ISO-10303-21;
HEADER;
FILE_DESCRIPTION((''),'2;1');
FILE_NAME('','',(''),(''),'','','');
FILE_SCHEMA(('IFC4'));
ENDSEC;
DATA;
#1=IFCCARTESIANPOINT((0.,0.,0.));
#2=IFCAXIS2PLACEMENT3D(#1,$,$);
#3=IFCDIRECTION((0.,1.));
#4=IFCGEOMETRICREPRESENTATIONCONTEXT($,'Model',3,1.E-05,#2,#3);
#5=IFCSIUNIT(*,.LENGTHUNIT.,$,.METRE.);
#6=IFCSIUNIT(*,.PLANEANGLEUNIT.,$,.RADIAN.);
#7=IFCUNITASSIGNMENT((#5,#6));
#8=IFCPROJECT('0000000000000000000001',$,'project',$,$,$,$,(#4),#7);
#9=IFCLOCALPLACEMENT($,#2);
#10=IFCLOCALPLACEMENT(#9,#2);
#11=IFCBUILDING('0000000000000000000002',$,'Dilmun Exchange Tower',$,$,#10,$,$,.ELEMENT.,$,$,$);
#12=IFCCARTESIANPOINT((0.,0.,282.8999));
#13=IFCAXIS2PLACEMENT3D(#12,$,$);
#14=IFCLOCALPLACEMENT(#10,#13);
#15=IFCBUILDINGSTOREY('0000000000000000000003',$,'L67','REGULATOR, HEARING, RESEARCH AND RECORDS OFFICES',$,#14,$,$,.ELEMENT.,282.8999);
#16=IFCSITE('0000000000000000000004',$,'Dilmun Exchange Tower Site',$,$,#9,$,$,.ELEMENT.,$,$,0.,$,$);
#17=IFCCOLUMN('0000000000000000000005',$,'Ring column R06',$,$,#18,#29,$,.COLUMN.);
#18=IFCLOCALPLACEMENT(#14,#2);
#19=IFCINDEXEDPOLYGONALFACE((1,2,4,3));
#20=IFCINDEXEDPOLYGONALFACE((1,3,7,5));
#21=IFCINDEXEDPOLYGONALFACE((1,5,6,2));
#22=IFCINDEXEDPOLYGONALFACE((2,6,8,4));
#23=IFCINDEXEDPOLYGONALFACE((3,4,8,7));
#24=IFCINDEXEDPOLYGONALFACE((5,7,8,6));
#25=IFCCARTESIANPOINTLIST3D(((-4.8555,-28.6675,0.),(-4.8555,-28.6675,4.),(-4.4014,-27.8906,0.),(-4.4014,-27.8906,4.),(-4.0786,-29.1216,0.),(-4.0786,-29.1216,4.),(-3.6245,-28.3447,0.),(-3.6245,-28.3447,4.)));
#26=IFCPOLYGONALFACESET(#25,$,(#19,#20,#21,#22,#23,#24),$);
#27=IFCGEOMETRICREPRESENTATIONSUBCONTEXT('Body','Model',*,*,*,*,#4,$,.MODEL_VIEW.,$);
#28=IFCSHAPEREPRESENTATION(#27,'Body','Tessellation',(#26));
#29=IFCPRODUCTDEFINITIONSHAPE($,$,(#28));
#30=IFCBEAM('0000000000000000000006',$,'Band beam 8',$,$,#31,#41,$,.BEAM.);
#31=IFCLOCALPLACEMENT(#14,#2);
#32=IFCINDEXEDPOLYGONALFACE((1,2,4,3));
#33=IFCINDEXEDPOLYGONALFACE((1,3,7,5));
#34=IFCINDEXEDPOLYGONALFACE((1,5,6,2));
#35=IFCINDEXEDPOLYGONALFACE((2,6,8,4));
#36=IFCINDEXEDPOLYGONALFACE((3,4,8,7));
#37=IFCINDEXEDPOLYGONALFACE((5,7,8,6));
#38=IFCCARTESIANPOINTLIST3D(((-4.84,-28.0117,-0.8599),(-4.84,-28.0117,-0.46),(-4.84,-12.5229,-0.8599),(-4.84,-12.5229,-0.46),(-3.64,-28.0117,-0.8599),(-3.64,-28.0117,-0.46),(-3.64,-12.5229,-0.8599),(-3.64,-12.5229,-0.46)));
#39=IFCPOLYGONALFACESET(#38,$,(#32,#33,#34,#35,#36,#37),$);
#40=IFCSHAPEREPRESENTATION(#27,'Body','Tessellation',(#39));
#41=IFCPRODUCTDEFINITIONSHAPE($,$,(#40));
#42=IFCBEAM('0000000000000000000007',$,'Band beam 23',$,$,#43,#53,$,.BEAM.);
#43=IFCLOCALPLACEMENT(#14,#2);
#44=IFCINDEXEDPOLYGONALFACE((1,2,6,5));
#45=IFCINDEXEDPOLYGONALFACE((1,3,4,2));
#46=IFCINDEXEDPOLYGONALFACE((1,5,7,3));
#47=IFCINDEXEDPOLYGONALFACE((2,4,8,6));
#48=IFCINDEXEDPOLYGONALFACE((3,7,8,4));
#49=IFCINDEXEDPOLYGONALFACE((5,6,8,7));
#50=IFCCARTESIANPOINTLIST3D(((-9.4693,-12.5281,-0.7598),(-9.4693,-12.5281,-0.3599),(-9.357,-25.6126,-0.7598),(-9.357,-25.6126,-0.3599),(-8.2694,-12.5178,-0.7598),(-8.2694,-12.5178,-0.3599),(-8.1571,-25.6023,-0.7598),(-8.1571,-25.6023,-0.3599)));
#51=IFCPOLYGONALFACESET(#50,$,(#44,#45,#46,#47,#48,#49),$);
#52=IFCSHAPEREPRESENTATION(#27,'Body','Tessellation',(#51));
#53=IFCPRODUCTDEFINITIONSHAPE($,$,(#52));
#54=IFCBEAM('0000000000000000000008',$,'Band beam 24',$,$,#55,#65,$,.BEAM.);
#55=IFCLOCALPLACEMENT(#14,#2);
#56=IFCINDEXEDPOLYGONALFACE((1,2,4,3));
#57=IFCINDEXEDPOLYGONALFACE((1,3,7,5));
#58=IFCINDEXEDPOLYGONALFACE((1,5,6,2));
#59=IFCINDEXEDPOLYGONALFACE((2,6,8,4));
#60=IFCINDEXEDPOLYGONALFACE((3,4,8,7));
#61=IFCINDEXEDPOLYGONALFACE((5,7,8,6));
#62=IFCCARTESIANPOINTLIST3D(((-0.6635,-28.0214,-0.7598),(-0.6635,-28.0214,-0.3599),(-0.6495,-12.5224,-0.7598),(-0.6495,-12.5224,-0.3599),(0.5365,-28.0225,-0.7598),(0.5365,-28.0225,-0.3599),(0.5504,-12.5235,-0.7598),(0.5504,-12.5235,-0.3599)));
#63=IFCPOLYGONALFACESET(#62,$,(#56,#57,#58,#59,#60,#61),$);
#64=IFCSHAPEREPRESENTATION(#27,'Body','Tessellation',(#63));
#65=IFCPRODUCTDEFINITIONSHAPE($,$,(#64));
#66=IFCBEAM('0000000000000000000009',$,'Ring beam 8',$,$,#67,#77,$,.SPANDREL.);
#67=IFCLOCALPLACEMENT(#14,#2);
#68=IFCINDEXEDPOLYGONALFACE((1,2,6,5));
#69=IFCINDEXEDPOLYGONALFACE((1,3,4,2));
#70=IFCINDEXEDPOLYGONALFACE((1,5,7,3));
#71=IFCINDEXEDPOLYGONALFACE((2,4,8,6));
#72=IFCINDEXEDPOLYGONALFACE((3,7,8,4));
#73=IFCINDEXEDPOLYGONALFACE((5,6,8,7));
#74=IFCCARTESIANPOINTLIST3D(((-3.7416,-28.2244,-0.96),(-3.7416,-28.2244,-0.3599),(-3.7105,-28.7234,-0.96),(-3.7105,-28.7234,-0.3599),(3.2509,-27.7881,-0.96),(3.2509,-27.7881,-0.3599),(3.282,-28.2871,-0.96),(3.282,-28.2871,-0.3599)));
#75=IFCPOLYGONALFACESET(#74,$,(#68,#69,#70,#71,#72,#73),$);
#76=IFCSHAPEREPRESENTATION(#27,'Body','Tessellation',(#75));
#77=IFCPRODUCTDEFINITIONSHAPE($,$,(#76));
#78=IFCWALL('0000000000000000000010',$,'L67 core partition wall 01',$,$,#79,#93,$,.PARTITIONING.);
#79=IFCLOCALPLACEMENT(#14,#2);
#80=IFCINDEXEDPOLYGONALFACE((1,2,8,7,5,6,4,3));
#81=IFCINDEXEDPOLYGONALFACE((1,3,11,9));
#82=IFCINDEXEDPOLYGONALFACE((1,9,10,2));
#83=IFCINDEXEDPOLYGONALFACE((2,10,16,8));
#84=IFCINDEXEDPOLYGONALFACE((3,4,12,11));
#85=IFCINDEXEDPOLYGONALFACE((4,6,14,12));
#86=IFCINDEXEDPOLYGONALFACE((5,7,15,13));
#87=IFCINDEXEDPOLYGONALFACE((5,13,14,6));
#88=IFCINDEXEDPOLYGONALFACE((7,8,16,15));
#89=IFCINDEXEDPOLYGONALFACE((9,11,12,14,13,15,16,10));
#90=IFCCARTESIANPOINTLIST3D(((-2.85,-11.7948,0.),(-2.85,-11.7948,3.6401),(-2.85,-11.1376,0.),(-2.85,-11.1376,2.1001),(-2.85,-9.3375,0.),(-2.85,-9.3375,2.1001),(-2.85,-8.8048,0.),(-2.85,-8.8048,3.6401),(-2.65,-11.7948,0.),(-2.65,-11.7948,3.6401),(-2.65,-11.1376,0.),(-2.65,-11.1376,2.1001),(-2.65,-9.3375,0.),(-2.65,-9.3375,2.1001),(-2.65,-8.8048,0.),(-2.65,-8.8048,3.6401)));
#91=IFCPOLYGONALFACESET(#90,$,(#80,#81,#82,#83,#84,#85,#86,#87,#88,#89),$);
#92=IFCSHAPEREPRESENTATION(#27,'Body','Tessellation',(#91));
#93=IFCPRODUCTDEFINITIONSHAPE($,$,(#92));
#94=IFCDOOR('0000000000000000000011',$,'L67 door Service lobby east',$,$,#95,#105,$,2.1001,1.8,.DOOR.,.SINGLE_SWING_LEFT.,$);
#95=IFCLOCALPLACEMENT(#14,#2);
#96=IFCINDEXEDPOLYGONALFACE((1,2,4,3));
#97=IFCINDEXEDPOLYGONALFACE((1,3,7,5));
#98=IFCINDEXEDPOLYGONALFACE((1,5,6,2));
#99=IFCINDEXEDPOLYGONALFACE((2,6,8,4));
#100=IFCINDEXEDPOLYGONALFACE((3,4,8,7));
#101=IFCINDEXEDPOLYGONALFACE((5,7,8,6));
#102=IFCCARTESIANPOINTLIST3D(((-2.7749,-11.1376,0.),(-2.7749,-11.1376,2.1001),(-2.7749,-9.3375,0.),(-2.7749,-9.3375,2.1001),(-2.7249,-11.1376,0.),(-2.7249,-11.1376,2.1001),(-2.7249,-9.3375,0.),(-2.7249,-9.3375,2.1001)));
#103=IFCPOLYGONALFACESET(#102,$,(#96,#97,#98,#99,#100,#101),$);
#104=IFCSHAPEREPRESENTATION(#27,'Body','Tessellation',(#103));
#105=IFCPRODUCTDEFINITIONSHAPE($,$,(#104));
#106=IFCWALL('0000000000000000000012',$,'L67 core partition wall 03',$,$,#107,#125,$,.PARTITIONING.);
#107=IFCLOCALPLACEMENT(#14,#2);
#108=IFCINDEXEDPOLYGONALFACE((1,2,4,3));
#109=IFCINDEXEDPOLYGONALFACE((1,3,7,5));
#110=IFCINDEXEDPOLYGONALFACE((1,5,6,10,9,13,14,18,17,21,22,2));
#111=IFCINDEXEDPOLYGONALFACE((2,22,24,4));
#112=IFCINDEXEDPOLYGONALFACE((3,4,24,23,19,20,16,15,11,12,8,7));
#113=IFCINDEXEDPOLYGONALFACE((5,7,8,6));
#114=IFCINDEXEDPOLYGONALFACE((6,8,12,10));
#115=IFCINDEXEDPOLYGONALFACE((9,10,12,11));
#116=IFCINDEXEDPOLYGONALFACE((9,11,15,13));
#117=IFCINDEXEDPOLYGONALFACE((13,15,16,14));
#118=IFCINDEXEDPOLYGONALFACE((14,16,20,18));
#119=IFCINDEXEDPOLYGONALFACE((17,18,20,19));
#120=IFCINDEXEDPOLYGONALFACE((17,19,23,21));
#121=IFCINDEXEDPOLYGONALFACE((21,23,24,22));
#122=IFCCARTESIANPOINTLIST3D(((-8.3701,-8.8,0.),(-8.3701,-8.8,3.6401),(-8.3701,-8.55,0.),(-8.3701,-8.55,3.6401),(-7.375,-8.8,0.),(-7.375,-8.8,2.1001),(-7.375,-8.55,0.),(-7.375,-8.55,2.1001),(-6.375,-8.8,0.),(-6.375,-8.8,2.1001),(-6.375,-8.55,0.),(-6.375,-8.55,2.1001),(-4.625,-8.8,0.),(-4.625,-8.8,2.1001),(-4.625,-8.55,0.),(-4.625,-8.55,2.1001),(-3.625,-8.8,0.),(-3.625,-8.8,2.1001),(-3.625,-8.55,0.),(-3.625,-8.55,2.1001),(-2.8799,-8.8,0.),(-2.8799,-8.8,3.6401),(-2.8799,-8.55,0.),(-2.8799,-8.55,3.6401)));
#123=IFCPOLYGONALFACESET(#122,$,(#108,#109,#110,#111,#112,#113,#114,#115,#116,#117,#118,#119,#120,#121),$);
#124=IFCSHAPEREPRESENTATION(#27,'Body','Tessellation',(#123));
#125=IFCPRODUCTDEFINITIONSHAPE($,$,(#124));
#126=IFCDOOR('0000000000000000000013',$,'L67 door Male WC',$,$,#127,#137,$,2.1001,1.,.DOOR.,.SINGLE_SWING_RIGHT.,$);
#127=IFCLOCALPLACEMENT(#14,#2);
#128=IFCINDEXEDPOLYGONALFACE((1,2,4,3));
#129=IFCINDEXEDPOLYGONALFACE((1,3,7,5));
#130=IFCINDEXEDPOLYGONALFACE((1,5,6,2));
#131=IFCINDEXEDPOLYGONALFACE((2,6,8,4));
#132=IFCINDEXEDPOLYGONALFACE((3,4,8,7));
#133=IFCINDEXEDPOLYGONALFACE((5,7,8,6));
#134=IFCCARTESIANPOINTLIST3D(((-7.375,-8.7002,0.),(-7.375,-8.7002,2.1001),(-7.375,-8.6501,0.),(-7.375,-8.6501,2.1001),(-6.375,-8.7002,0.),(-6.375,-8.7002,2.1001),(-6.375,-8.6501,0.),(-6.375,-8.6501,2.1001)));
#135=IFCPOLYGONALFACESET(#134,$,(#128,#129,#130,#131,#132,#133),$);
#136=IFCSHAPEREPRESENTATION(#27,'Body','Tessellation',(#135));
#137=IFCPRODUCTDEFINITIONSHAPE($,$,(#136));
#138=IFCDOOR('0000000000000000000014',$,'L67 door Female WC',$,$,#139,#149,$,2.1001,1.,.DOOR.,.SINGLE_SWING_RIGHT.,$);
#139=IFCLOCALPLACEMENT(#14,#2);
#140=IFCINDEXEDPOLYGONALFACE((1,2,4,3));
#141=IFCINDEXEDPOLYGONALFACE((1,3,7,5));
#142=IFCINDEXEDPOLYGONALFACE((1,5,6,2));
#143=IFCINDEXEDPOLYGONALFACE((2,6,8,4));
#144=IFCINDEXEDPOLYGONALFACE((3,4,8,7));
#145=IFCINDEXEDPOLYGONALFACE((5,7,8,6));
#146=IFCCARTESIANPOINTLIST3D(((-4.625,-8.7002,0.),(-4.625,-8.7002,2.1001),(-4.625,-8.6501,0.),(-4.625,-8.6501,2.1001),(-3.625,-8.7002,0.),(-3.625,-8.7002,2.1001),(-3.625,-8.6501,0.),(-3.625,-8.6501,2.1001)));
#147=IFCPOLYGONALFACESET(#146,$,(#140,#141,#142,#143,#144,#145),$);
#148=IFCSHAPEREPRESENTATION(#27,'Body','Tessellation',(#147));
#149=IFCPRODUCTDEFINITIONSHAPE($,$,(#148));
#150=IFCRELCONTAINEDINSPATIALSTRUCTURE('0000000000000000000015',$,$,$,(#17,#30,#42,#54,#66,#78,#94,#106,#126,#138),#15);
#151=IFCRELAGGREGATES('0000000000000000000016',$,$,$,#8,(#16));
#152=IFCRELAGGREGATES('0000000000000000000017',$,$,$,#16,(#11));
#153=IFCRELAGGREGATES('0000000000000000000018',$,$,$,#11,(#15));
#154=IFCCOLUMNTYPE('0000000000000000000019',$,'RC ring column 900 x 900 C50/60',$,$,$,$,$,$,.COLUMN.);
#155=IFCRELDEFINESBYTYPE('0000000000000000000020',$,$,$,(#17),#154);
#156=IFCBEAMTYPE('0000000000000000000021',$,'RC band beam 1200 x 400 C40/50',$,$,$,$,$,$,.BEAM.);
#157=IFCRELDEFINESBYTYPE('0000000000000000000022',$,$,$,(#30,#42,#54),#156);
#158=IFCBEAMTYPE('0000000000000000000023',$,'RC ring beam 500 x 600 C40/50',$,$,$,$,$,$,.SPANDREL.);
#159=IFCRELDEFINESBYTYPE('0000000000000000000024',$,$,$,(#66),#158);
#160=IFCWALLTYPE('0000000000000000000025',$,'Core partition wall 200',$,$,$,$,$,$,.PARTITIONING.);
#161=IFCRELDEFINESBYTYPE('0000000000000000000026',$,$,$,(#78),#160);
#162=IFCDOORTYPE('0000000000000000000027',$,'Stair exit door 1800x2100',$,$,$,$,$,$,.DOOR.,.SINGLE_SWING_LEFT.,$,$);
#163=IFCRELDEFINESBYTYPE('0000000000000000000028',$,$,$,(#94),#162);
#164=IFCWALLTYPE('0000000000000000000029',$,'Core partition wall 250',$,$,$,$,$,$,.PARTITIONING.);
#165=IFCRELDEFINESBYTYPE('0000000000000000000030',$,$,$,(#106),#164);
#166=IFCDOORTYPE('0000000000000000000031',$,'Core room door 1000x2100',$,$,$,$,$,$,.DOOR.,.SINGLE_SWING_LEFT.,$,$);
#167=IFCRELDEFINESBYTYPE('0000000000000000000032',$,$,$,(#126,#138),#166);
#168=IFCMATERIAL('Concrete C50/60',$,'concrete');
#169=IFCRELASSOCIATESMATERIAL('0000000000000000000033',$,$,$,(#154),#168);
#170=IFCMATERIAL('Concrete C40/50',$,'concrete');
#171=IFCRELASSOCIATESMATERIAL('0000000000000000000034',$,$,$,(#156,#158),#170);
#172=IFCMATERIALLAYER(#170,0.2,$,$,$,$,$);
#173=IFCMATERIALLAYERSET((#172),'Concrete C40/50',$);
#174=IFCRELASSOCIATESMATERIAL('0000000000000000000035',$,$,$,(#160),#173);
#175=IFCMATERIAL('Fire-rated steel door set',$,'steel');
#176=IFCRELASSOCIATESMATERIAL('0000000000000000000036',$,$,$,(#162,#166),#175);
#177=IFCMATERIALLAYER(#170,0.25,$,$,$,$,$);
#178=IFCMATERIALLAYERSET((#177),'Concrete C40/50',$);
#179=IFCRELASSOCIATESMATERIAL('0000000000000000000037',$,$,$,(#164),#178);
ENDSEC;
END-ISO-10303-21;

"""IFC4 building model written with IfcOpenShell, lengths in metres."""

from ifc_helpers import new_model, si_unit, direction, frame, frame_2d, origin, origin_2d, place, context, subcontext, project, spatial, rectangle, extrude, material, layer, layer_set, material_profile, profile_set, type_object, element, fill, save


model = new_model("IFC4")

# Units and contexts
model_context = context("Model", 3, precision=1e-05, world=origin(), true_north=direction((0.0, 1.0)))
body_context = subcontext(model_context, "Body", "Model", "MODEL_VIEW")
ifc_project = project(units=[si_unit("LENGTHUNIT", "METRE"), si_unit("PLANEANGLEUNIT", "RADIAN")], contexts=[model_context])

# Site, building, storey
site_placement = place(None, origin())
site = spatial("IfcSite", under=ifc_project, at=site_placement, Name="Dilmun Exchange Tower Site", CompositionType="ELEMENT", RefElevation=0.0)
building_placement = place(site_placement, origin())
building = spatial("IfcBuilding", under=site, at=building_placement, Name="Dilmun Exchange Tower", CompositionType="ELEMENT")
storey_placement = place(building_placement, frame((0.0, 0.0, 282.8999)))
storey = spatial("IfcBuildingStorey", under=building, at=storey_placement, Name="L67", Description="REGULATOR, HEARING, RESEARCH AND RECORDS OFFICES", CompositionType="ELEMENT", Elevation=282.8999)

# Column
ifc_material_1 = material(Name="Concrete C50/60", Category="concrete")
ifc_material_profile_1 = material_profile(ifc_material_1, rectangle(XDim=0.8999, YDim=0.8999, at=origin_2d()), Name="900 x 900")
ifc_profile_set_1 = profile_set([ifc_material_profile_1], Name="Concrete C50/60")
column_type = type_object("IfcColumnType", Name="RC ring column 900 x 900 C50/60", PredefinedType="COLUMN", material=ifc_profile_set_1)
column_placement = place(storey_placement, frame((-4.24, -28.5061, 0.0), z_axis=(0.0, 0.0, 1.0), x_axis=(0.504644, 0.863328, 0.0)))
element("IfcColumn", 1, at=column_placement, inside=storey, type_object=column_type, Name="Ring column R06", PredefinedType="COLUMN", context=body_context, shape_type="SweptSolid", body=[
    extrude(rectangle(XDim=0.8999, YDim=0.8999, at=origin_2d()), origin(), (0.0, 0.0, 1.0), 4.0),
])

# Beams
ifc_material_2 = material(Name="Concrete C40/50", Category="concrete")
ifc_material_profile_2 = material_profile(ifc_material_2, rectangle(XDim=1.2, YDim=0.3999, at=origin_2d()), Name="1200 x 400")
ifc_profile_set_2 = profile_set([ifc_material_profile_2], Name="Concrete C40/50")
beam_type_1 = type_object("IfcBeamType", Name="RC band beam 1200 x 400 C40/50", PredefinedType="BEAM", material=ifc_profile_set_2)
beam_1_placement = place(storey_placement, frame((-4.24, -28.0117, -0.6599), z_axis=(0.0, 1.0, 0.0), x_axis=(-1.0, 0.0, 0.0)))
element("IfcBeam", 2, at=beam_1_placement, inside=storey, type_object=beam_type_1, Name="Band beam 8", PredefinedType="BEAM", context=body_context, shape_type="SweptSolid", body=[
    extrude(rectangle(XDim=1.2, YDim=0.3999, at=origin_2d()), origin(), (0.0, 0.0, 1.0), 15.4888),
])
beam_2_placement = place(storey_placement, frame((-8.7571, -25.6074, -0.5598), z_axis=(-0.008583, 0.999963, 0.0), x_axis=(-0.999963, -0.008583, 0.0)))
element("IfcBeam", 3, at=beam_2_placement, inside=storey, type_object=beam_type_1, Name="Band beam 23", PredefinedType="BEAM", context=body_context, shape_type="SweptSolid", body=[
    extrude(rectangle(XDim=1.2, YDim=0.3999, at=origin_2d()), origin(), (0.0, 0.0, 1.0), 13.085),
])
beam_3_placement = place(storey_placement, frame((-0.0635, -28.022, -0.5598), z_axis=(0.000898, 1.0, 0.0), x_axis=(-1.0, 0.000898, 0.0)))
element("IfcBeam", 4, at=beam_3_placement, inside=storey, type_object=beam_type_1, Name="Band beam 24", PredefinedType="BEAM", context=body_context, shape_type="SweptSolid", body=[
    extrude(rectangle(XDim=1.2, YDim=0.3999, at=origin_2d()), origin(), (0.0, 0.0, 1.0), 15.499),
])
ifc_material_profile_3 = material_profile(ifc_material_2, rectangle(XDim=0.5, YDim=0.6001, at=origin_2d()), Name="500 x 600")
ifc_profile_set_3 = profile_set([ifc_material_profile_3], Name="Concrete C40/50")
beam_type_2 = type_object("IfcBeamType", Name="RC ring beam 500 x 600 C40/50", PredefinedType="SPANDREL", material=ifc_profile_set_3)
beam_4_placement = place(storey_placement, frame((-3.7261, -28.4739, -0.6599), z_axis=(0.998059, 0.062272, 0.0), x_axis=(-0.062272, 0.998059, 0.0)))
element("IfcBeam", 5, at=beam_4_placement, inside=storey, type_object=beam_type_2, Name="Ring beam 8", PredefinedType="SPANDREL", context=body_context, shape_type="SweptSolid", body=[
    extrude(rectangle(XDim=0.5, YDim=0.6001, at=origin_2d()), origin(), (0.0, 0.0, 1.0), 7.0061),
])

# Wall, opening, door
ifc_layer_1 = layer(ifc_material_2, 0.2)
ifc_layer_set_1 = layer_set([ifc_layer_1], Name="Concrete C40/50")
wall_type_1 = type_object("IfcWallType", Name="Core partition wall 200", PredefinedType="PARTITIONING", material=ifc_layer_set_1)
wall_1_placement = place(storey_placement, frame((-2.75, -11.7949, 0.0), z_axis=(0.0, 0.0, 1.0), x_axis=(0.0, 1.0, 0.0)))
wall_1 = element("IfcWall", 6, at=wall_1_placement, inside=storey, type_object=wall_type_1, Name="L67 core partition wall 01", PredefinedType="PARTITIONING", context=body_context, shape_type="SweptSolid", body=[
    extrude(rectangle(XDim=2.99, YDim=0.2, at=frame_2d((1.4951, 0.0))), origin(), (0.0, 0.0, 1.0), 3.6401),
])
opening_1_placement = place(wall_1_placement, frame((0.6575, 0.0, 0.0)))
opening_1 = element("IfcOpeningElement", 7, at=opening_1_placement, cuts=wall_1, PredefinedType="OPENING", context=body_context, shape_type="SweptSolid", body=[
    extrude(rectangle(XDim=1.8, YDim=2.1001, at=frame_2d((0.8999, 1.05))), frame((0.0, 0.1099, 0.0), z_axis=(0.0, -1.0, 0.0), x_axis=(1.0, 0.0, 0.0)), (0.0, 0.0, 1.0), 0.22),
])
ifc_material_3 = material(Name="Fire-rated steel door set", Category="steel")
door_type_1 = type_object("IfcDoorType", Name="Stair exit door 1800x2100", OperationType="SINGLE_SWING_LEFT", PredefinedType="DOOR", material=ifc_material_3)
door_1_placement = place(opening_1_placement, origin())
door_1 = element("IfcDoor", 8, at=door_1_placement, inside=storey, type_object=door_type_1, Name="L67 door Service lobby east", OperationType="SINGLE_SWING_LEFT", OverallHeight=2.1001, OverallWidth=1.8, PredefinedType="DOOR", context=body_context, shape_type="SweptSolid", body=[
    extrude(rectangle(XDim=1.8, YDim=2.1001, at=frame_2d((0.8999, 1.05))), frame((0.0, 0.0249, 0.0), z_axis=(0.0, -1.0, 0.0), x_axis=(1.0, 0.0, 0.0)), (0.0, 0.0, 1.0), 0.05),
])
fill(opening_1, door_1)

# Wall, openings, doors
ifc_layer_2 = layer(ifc_material_2, 0.25)
ifc_layer_set_2 = layer_set([ifc_layer_2], Name="Concrete C40/50")
wall_type_2 = type_object("IfcWallType", Name="Core partition wall 250", PredefinedType="PARTITIONING", material=ifc_layer_set_2)
wall_2_placement = place(storey_placement, frame((-8.3701, -8.675, 0.0), z_axis=(0.0, 0.0, 1.0), x_axis=(1.0, 0.0, 0.0)))
wall_2 = element("IfcWall", 9, at=wall_2_placement, inside=storey, type_object=wall_type_2, Name="L67 core partition wall 03", PredefinedType="PARTITIONING", context=body_context, shape_type="SweptSolid", body=[
    extrude(rectangle(XDim=5.4902, YDim=0.25, at=frame_2d((2.7451, 0.0))), origin(), (0.0, 0.0, 1.0), 3.6401),
])
opening_2_placement = place(wall_2_placement, frame((0.9951, 0.0, 0.0)))
opening_2 = element("IfcOpeningElement", 10, at=opening_2_placement, cuts=wall_2, PredefinedType="OPENING", context=body_context, shape_type="SweptSolid", body=[
    extrude(rectangle(XDim=1.0, YDim=2.1001, at=frame_2d((0.5, 1.05))), frame((0.0, 0.135, 0.0), z_axis=(0.0, -1.0, 0.0), x_axis=(1.0, 0.0, 0.0)), (0.0, 0.0, 1.0), 0.27),
])
opening_3_placement = place(wall_2_placement, frame((3.7451, 0.0, 0.0)))
opening_3 = element("IfcOpeningElement", 11, at=opening_3_placement, cuts=wall_2, PredefinedType="OPENING", context=body_context, shape_type="SweptSolid", body=[
    extrude(rectangle(XDim=1.0, YDim=2.1001, at=frame_2d((0.5, 1.05))), frame((0.0, 0.135, 0.0), z_axis=(0.0, -1.0, 0.0), x_axis=(1.0, 0.0, 0.0)), (0.0, 0.0, 1.0), 0.27),
])
door_type_2 = type_object("IfcDoorType", Name="Core room door 1000x2100", OperationType="SINGLE_SWING_LEFT", PredefinedType="DOOR", material=ifc_material_3)
door_2_placement = place(opening_2_placement, origin())
door_2 = element("IfcDoor", 12, at=door_2_placement, inside=storey, type_object=door_type_2, Name="L67 door Male WC", OperationType="SINGLE_SWING_RIGHT", OverallHeight=2.1001, OverallWidth=1.0, PredefinedType="DOOR", context=body_context, shape_type="SweptSolid", body=[
    extrude(rectangle(XDim=1.0, YDim=2.1001, at=frame_2d((0.5, 1.05))), frame((0.0, 0.0249, 0.0), z_axis=(0.0, -1.0, 0.0), x_axis=(1.0, 0.0, 0.0)), (0.0, 0.0, 1.0), 0.05),
])
fill(opening_2, door_2)
door_3_placement = place(opening_3_placement, origin())
door_3 = element("IfcDoor", 13, at=door_3_placement, inside=storey, type_object=door_type_2, Name="L67 door Female WC", OperationType="SINGLE_SWING_RIGHT", OverallHeight=2.1001, OverallWidth=1.0, PredefinedType="DOOR", context=body_context, shape_type="SweptSolid", body=[
    extrude(rectangle(XDim=1.0, YDim=2.1001, at=frame_2d((0.5, 1.05))), frame((0.0, 0.0249, 0.0), z_axis=(0.0, -1.0, 0.0), x_axis=(1.0, 0.0, 0.0)), (0.0, 0.0, 1.0), 0.05),
])
fill(opening_3, door_3)

save(model, "model.ifc")
